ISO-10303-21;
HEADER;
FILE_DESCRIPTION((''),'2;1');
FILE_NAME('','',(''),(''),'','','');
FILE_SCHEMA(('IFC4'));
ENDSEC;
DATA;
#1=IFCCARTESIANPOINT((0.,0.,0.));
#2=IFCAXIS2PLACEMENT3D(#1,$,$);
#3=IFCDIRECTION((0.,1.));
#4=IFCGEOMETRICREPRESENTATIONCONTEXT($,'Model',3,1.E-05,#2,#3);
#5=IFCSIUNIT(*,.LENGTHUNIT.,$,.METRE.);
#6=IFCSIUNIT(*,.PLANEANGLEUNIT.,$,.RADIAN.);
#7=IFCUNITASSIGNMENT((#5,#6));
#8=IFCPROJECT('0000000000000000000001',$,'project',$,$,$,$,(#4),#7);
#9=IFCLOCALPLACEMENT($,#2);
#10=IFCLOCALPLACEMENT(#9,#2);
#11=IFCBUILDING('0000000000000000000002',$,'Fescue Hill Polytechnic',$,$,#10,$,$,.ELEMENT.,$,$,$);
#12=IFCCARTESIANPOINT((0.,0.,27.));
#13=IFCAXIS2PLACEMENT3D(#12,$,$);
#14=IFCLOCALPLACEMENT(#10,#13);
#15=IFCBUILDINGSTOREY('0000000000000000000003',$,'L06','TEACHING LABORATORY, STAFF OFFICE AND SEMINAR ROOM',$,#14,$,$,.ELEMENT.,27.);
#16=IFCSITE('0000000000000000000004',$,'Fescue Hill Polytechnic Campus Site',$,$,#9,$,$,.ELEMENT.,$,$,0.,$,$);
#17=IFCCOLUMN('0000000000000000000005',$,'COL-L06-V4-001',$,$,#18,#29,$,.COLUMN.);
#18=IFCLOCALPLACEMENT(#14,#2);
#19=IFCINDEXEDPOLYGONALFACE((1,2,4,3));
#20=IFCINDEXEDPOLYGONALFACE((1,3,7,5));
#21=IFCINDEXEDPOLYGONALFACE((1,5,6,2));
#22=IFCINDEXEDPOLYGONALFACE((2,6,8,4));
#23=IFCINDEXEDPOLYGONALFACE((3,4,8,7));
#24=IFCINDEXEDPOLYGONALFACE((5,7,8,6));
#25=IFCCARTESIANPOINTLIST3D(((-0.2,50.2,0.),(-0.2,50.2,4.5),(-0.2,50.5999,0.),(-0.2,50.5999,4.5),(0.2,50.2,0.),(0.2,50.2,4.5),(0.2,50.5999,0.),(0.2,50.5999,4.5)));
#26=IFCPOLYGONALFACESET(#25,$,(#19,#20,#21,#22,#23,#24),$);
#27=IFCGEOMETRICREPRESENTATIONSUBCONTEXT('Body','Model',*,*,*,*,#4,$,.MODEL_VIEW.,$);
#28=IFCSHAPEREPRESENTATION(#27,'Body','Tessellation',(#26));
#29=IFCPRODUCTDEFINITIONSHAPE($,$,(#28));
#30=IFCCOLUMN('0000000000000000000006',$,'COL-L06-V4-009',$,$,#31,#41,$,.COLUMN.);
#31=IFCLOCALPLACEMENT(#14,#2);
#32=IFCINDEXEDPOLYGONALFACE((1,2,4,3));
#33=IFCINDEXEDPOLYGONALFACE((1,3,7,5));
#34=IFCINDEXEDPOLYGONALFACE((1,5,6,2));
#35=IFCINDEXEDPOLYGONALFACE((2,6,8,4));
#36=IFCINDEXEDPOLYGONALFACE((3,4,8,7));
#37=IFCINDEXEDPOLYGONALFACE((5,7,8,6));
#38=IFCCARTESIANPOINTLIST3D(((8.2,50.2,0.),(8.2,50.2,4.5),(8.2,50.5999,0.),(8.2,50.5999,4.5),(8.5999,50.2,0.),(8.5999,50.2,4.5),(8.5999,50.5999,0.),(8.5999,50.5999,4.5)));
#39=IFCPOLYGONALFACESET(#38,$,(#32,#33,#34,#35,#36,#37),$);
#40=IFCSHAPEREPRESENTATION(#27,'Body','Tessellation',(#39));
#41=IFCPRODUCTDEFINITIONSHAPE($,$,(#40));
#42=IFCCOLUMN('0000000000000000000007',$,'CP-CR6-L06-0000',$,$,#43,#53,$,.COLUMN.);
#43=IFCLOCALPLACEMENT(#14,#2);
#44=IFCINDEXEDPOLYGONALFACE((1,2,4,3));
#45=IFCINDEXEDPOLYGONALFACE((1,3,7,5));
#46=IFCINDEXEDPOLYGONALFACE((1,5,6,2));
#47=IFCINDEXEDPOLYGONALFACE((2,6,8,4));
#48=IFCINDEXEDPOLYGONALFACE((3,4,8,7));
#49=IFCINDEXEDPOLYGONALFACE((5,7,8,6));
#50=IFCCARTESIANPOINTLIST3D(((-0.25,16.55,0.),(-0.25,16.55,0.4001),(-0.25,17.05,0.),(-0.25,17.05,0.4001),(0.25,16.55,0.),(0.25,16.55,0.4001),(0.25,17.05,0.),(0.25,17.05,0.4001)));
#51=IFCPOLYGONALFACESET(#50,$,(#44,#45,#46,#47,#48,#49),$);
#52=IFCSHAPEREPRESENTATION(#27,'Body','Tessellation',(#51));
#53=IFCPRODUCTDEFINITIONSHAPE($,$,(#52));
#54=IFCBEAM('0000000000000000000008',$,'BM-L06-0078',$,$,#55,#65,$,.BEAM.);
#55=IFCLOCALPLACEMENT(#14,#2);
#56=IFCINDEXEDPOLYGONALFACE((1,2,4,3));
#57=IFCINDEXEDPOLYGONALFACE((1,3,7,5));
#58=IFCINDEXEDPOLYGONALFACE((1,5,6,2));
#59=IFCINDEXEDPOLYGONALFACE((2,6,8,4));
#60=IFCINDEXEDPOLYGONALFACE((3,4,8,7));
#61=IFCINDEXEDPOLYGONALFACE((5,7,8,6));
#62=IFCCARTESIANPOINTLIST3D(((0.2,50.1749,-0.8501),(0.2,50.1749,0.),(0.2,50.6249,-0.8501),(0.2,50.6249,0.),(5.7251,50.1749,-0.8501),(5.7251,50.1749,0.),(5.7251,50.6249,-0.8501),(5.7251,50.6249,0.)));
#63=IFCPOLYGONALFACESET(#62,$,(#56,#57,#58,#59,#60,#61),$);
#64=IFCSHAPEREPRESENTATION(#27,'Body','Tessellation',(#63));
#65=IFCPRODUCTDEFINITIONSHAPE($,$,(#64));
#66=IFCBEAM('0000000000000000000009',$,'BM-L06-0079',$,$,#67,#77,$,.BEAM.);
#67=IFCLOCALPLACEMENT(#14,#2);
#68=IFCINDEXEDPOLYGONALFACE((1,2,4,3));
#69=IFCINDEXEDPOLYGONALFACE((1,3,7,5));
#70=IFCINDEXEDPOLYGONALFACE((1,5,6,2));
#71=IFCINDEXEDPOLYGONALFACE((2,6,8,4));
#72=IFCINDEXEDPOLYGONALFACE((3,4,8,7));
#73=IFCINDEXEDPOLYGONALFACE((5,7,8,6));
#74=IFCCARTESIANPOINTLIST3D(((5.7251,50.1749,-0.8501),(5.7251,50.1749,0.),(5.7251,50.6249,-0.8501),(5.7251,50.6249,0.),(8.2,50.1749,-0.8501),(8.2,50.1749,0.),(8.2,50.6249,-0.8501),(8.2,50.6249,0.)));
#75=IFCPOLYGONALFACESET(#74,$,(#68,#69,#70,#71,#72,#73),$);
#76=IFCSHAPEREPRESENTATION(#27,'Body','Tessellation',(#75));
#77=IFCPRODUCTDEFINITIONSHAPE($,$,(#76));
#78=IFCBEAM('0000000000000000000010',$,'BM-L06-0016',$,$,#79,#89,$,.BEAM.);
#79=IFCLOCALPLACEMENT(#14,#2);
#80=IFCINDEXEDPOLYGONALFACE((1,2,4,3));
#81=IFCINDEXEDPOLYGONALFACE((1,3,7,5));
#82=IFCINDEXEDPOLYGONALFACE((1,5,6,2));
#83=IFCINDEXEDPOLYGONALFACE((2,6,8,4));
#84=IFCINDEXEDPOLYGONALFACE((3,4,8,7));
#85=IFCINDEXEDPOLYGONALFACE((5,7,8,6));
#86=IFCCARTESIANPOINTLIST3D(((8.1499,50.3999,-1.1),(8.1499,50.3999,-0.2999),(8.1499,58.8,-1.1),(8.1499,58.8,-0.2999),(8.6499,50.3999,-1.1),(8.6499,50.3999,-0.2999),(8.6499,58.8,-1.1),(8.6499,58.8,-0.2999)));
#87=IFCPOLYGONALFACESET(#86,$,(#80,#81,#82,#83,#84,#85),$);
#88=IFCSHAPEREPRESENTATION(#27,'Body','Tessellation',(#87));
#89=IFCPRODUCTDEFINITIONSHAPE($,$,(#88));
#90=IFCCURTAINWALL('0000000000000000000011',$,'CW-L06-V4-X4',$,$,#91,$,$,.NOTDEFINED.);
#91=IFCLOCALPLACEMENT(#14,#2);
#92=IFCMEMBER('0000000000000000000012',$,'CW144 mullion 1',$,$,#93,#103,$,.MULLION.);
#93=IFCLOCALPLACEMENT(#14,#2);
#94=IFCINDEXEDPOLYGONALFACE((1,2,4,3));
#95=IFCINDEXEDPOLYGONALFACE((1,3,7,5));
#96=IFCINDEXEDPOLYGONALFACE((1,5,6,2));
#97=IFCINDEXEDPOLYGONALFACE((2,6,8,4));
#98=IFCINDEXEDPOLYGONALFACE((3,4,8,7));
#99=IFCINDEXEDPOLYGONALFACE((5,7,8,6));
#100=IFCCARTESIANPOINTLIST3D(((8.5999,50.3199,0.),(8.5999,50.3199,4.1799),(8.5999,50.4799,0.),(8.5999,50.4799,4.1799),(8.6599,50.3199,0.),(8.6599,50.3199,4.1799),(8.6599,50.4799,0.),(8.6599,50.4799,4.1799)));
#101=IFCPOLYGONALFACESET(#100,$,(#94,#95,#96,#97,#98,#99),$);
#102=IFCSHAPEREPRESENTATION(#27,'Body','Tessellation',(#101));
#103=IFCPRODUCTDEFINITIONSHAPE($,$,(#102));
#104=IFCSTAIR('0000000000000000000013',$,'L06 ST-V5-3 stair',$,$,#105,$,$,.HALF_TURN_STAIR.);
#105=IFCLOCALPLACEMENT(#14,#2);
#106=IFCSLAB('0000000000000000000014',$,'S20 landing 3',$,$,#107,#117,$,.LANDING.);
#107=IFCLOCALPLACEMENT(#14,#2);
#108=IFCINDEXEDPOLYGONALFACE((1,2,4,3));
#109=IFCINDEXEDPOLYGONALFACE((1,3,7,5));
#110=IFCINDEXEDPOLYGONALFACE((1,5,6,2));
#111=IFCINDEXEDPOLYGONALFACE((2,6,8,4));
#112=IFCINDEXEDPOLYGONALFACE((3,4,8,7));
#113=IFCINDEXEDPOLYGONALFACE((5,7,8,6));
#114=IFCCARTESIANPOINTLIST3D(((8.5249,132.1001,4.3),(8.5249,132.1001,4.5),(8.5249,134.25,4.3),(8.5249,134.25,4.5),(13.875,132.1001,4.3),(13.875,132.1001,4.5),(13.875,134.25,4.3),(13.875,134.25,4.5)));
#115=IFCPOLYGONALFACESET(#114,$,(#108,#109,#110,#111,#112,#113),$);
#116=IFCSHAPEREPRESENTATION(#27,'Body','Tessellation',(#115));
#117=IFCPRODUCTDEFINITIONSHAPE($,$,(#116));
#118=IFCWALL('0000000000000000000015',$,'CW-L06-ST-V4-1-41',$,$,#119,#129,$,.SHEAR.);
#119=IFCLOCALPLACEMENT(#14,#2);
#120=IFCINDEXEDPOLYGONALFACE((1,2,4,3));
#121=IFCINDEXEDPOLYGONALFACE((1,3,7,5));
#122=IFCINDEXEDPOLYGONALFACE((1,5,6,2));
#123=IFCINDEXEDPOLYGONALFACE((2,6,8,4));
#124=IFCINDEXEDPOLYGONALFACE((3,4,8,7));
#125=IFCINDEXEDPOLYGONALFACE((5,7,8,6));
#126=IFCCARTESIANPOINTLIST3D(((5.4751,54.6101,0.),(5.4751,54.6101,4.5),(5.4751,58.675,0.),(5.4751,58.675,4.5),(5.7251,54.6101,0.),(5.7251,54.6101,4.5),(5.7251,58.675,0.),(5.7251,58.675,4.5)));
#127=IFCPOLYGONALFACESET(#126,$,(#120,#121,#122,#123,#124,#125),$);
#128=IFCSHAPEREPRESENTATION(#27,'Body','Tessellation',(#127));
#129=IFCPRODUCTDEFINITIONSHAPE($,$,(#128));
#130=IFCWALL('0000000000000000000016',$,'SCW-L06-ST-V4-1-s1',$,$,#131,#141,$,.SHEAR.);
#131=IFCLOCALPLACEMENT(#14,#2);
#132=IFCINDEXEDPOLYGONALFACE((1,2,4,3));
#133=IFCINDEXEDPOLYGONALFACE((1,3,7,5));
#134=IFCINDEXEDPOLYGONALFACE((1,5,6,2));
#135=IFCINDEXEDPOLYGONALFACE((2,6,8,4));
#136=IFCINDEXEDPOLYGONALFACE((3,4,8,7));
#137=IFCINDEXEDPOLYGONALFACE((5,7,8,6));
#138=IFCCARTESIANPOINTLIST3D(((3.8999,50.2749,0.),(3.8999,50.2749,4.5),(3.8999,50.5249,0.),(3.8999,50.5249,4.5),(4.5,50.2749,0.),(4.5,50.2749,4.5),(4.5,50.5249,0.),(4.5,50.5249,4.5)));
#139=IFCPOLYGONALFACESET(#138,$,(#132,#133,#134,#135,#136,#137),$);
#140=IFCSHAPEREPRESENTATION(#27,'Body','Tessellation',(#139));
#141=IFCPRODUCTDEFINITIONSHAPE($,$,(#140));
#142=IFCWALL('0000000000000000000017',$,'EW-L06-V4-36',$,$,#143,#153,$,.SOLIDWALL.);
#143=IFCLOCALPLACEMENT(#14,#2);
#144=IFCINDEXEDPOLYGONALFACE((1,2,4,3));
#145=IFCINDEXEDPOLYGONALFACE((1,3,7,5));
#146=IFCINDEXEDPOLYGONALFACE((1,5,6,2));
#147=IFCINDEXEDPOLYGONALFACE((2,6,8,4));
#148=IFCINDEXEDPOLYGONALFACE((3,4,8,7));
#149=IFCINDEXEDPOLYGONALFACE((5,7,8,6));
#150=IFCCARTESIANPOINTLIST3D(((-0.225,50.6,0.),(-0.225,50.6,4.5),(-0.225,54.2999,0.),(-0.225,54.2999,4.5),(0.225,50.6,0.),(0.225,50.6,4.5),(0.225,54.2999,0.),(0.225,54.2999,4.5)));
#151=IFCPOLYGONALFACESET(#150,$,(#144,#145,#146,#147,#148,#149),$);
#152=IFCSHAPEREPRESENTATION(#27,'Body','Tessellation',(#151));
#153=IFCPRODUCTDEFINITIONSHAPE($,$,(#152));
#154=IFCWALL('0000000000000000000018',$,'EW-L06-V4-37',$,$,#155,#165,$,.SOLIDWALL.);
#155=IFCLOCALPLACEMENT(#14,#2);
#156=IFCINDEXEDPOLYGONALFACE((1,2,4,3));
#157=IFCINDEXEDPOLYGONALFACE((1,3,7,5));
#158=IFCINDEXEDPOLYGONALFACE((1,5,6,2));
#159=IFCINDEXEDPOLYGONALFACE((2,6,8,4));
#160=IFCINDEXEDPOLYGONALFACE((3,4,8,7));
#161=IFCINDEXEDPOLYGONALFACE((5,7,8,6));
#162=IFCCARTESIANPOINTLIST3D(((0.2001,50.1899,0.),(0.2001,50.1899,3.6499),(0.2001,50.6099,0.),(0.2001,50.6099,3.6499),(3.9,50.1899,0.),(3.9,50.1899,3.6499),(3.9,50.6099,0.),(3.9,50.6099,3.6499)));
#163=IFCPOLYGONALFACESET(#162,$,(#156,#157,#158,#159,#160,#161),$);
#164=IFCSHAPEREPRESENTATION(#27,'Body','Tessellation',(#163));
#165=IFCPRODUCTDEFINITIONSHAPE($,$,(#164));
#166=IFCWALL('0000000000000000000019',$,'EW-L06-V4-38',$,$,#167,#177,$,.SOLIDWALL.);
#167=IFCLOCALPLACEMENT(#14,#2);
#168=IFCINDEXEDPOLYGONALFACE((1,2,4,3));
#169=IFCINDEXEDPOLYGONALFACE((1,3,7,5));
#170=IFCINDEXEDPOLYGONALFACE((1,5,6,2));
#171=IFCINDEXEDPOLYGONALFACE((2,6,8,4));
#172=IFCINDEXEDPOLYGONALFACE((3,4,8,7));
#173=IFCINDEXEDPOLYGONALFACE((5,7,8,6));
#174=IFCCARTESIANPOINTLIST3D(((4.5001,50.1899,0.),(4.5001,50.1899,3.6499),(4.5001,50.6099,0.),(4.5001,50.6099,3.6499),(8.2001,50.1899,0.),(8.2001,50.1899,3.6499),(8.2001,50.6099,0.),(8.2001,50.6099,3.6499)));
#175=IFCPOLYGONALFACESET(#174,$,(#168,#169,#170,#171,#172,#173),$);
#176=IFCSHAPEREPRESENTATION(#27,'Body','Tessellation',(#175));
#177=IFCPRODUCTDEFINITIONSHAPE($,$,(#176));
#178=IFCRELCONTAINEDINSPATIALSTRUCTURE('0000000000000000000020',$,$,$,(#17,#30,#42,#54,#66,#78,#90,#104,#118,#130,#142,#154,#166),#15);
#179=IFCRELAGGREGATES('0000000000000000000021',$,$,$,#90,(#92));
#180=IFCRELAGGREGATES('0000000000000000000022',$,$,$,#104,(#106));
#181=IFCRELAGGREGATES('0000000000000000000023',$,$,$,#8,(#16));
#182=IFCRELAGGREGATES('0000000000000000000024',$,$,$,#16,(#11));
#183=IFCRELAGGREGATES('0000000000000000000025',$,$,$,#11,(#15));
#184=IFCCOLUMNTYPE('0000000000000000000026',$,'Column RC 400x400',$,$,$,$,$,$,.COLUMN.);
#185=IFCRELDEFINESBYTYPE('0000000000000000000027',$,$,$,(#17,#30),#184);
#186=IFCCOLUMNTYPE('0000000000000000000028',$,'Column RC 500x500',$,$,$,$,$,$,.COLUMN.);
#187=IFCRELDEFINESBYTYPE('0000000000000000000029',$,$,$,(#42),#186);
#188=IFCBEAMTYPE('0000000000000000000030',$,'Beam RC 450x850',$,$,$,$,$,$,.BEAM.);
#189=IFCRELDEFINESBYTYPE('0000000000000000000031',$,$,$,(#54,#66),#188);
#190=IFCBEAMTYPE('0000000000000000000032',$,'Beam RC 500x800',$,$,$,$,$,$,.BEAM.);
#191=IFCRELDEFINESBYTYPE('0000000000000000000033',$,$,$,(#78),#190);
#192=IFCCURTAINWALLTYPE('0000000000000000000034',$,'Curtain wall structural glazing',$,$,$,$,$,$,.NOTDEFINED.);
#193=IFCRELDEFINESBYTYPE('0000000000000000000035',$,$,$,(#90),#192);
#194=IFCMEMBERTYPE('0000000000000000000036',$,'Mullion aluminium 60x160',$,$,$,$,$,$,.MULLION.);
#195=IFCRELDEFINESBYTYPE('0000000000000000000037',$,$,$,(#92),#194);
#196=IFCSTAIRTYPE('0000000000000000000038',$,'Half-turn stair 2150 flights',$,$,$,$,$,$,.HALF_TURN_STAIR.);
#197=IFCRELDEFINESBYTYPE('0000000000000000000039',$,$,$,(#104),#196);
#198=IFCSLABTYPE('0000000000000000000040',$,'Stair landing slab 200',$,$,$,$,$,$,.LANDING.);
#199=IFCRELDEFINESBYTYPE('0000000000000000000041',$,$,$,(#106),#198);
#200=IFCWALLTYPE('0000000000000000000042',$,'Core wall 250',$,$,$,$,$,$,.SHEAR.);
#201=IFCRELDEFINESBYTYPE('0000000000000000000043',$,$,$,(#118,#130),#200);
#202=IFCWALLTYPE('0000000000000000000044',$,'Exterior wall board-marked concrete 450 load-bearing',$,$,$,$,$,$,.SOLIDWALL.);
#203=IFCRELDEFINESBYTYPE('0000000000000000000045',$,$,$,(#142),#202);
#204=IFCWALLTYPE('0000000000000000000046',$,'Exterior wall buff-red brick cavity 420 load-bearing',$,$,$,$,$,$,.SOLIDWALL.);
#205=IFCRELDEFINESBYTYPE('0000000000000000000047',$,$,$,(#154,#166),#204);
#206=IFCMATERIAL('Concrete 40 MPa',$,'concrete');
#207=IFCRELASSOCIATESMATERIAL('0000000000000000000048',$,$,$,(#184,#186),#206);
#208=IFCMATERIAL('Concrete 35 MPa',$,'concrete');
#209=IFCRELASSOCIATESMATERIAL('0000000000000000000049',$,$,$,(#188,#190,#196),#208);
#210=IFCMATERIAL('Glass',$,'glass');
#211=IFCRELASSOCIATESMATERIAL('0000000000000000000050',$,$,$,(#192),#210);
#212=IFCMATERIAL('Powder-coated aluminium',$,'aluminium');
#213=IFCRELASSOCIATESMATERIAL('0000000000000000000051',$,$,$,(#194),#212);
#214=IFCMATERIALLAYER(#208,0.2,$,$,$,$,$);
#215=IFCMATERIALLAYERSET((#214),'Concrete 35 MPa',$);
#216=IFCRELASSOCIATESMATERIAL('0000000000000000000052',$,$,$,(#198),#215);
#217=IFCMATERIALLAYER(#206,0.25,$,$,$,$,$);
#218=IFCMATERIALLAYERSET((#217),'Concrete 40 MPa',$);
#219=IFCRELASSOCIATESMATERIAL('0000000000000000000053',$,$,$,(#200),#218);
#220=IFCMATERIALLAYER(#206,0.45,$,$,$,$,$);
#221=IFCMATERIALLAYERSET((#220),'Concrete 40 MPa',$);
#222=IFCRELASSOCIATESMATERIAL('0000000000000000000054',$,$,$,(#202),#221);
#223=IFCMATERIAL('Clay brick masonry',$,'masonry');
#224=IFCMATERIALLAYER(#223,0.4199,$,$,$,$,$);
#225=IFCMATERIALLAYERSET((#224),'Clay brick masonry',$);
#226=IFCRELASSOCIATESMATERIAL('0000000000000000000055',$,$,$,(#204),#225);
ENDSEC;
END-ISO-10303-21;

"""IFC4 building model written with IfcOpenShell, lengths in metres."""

from ifc_helpers import new_model, si_unit, direction, frame, frame_2d, origin, origin_2d, place, context, subcontext, project, spatial, polyline, rectangle, outline, extrude, material, layer, layer_set, material_profile, profile_set, type_object, element, aggregate, save


model = new_model("IFC4")

# Units and contexts
model_context = context("Model", 3, precision=1e-05, world=origin(), true_north=direction((0.0, 1.0)))
body_context = subcontext(model_context, "Body", "Model", "MODEL_VIEW")
ifc_project = project(units=[si_unit("LENGTHUNIT", "METRE"), si_unit("PLANEANGLEUNIT", "RADIAN")], contexts=[model_context])

# Site, building, storey
site_placement = place(None, origin())
site = spatial("IfcSite", under=ifc_project, at=site_placement, Name="Fescue Hill Polytechnic Campus Site", CompositionType="ELEMENT", RefElevation=0.0)
building_placement = place(site_placement, origin())
building = spatial("IfcBuilding", under=site, at=building_placement, Name="Fescue Hill Polytechnic", CompositionType="ELEMENT")
storey_placement = place(building_placement, frame((0.0, 0.0, 27.0)))
storey = spatial("IfcBuildingStorey", under=building, at=storey_placement, Name="L06", Description="TEACHING LABORATORY, STAFF OFFICE AND SEMINAR ROOM", CompositionType="ELEMENT", Elevation=27.0)

# Columns
ifc_material_1 = material(Name="Concrete 40 MPa", Category="concrete")
ifc_material_profile_1 = material_profile(ifc_material_1, rectangle(XDim=0.3999, YDim=0.3999, at=origin_2d()), Name="RC 400x400")
ifc_profile_set_1 = profile_set([ifc_material_profile_1], Name="Concrete 40 MPa")
column_type_1 = type_object("IfcColumnType", Name="Column RC 400x400", PredefinedType="COLUMN", material=ifc_profile_set_1)
for number, where, z_axis, x_axis, name in (
    (1, (0.0, 50.3999, 0.0), (0.0, 0.0, 1.0), (1.0, 0.0, 0.0), "COL-L06-V4-001"),
    (2, (8.3999, 50.3999, 0.0), (0.0, 0.0, 1.0), (1.0, 0.0, 0.0), "COL-L06-V4-009"),
):
    element("IfcColumn", number, at=place(storey_placement, frame(where, z_axis=z_axis, x_axis=x_axis)), inside=storey, type_object=column_type_1, Name=name, PredefinedType="COLUMN", context=body_context, shape_type="SweptSolid", body=[
        extrude(rectangle(XDim=0.3999, YDim=0.3999, at=origin_2d()), origin(), (0.0, 0.0, 1.0), 4.5),
    ])
ifc_material_profile_2 = material_profile(ifc_material_1, rectangle(XDim=0.5, YDim=0.5, at=origin_2d()), Name="RC 500x500")
ifc_profile_set_2 = profile_set([ifc_material_profile_2], Name="Concrete 40 MPa")
column_type_2 = type_object("IfcColumnType", Name="Column RC 500x500", PredefinedType="COLUMN", material=ifc_profile_set_2)
column_placement = place(storey_placement, frame((0.0, 16.8, 0.0), z_axis=(0.0, 0.0, 1.0), x_axis=(1.0, 0.0, 0.0)))
element("IfcColumn", 3, at=column_placement, inside=storey, type_object=column_type_2, Name="CP-CR6-L06-0000", PredefinedType="COLUMN", context=body_context, shape_type="SweptSolid", body=[
    extrude(rectangle(XDim=0.5, YDim=0.5, at=origin_2d()), origin(), (0.0, 0.0, 1.0), 0.4001),
])

# Beams
ifc_material_2 = material(Name="Concrete 35 MPa", Category="concrete")
ifc_material_profile_3 = material_profile(ifc_material_2, rectangle(XDim=0.45, YDim=0.8501, at=origin_2d()), Name="RC 450x850")
ifc_profile_set_3 = profile_set([ifc_material_profile_3], Name="Concrete 35 MPa")
beam_type_1 = type_object("IfcBeamType", Name="Beam RC 450x850", PredefinedType="BEAM", material=ifc_profile_set_3)
beam_1_placement = place(storey_placement, frame((0.2, 50.3999, -0.425), z_axis=(1.0, 0.0, 0.0), x_axis=(0.0, 1.0, 0.0)))
element("IfcBeam", 4, at=beam_1_placement, inside=storey, type_object=beam_type_1, Name="BM-L06-0078", PredefinedType="BEAM", context=body_context, shape_type="SweptSolid", body=[
    extrude(rectangle(XDim=0.45, YDim=0.8501, at=origin_2d()), origin(), (0.0, 0.0, 1.0), 5.5251),
])
beam_2_placement = place(storey_placement, frame((5.7251, 50.3999, -0.425), z_axis=(1.0, 0.0, 0.0), x_axis=(0.0, 1.0, 0.0)))
element("IfcBeam", 5, at=beam_2_placement, inside=storey, type_object=beam_type_1, Name="BM-L06-0079", PredefinedType="BEAM", context=body_context, shape_type="SweptSolid", body=[
    extrude(rectangle(XDim=0.45, YDim=0.8501, at=origin_2d()), origin(), (0.0, 0.0, 1.0), 2.4749),
])
ifc_material_profile_4 = material_profile(ifc_material_2, rectangle(XDim=0.5, YDim=0.8, at=origin_2d()), Name="RC 500x800")
ifc_profile_set_4 = profile_set([ifc_material_profile_4], Name="Concrete 35 MPa")
beam_type_2 = type_object("IfcBeamType", Name="Beam RC 500x800", PredefinedType="BEAM", material=ifc_profile_set_4)
beam_3_placement = place(storey_placement, frame((8.3999, 50.3999, -0.7), z_axis=(0.0, 1.0, 0.0), x_axis=(-1.0, 0.0, 0.0)))
element("IfcBeam", 6, at=beam_3_placement, inside=storey, type_object=beam_type_2, Name="BM-L06-0016", PredefinedType="BEAM", context=body_context, shape_type="SweptSolid", body=[
    extrude(rectangle(XDim=0.5, YDim=0.8, at=origin_2d()), origin(), (0.0, 0.0, 1.0), 8.4001),
])

# Curtain wall, member
ifc_material_3 = material(Name="Glass", Category="glass")
curtain_wall_type = type_object("IfcCurtainWallType", Name="Curtain wall structural glazing", PredefinedType="NOTDEFINED", material=ifc_material_3)
curtain_wall_placement = place(storey_placement, origin())
curtain_wall = element("IfcCurtainWall", 7, at=curtain_wall_placement, inside=storey, type_object=curtain_wall_type, Name="CW-L06-V4-X4", PredefinedType="NOTDEFINED")
ifc_material_4 = material(Name="Powder-coated aluminium", Category="aluminium")
ifc_material_profile_5 = material_profile(ifc_material_4, rectangle(XDim=0.1599, YDim=0.0601, at=origin_2d()), Name="Mullion aluminium 60x160")
ifc_profile_set_5 = profile_set([ifc_material_profile_5], Name="Powder-coated aluminium")
member_type = type_object("IfcMemberType", Name="Mullion aluminium 60x160", PredefinedType="MULLION", material=ifc_profile_set_5)
member_placement = place(storey_placement, frame((8.6299, 50.3999, 0.0), z_axis=(0.0, 0.0, 1.0), x_axis=(0.0, 1.0, 0.0)))
member = element("IfcMember", 8, at=member_placement, type_object=member_type, Name="CW144 mullion 1", PredefinedType="MULLION", context=body_context, shape_type="SweptSolid", body=[
    extrude(rectangle(XDim=0.1599, YDim=0.0601, at=origin_2d()), origin(), (0.0, 0.0, 1.0), 4.1799),
])
aggregate(curtain_wall, [member])

# Stair, slab
stair_type = type_object("IfcStairType", Name="Half-turn stair 2150 flights", PredefinedType="HALF_TURN_STAIR", material=ifc_material_2)
stair_1_placement = place(storey_placement, origin())
stair_1 = element("IfcStair", 9, at=stair_1_placement, inside=storey, type_object=stair_type, Name="L06 ST-V5-3 stair", PredefinedType="HALF_TURN_STAIR")
ifc_layer_1 = layer(ifc_material_2, 0.2)
ifc_layer_set_1 = layer_set([ifc_layer_1], Name="Concrete 35 MPa")
slab_type = type_object("IfcSlabType", Name="Stair landing slab 200", PredefinedType="LANDING", material=ifc_layer_set_1)
slab_placement = place(storey_placement, frame((0.0, 0.0, 4.3)))
slab = element("IfcSlab", 10, at=slab_placement, type_object=slab_type, Name="S20 landing 3", PredefinedType="LANDING", context=body_context, shape_type="SweptSolid", body=[
    extrude(outline(polyline([(8.5249, 132.1001), (13.875, 132.1001), (13.875, 134.25), (8.5249, 134.25), (8.5249, 132.1001)])), origin(), (0.0, 0.0, 1.0), 0.2),
])
aggregate(stair_1, [slab])

# Walls
ifc_layer_2 = layer(ifc_material_1, 0.25)
ifc_layer_set_2 = layer_set([ifc_layer_2], Name="Concrete 40 MPa")
wall_type_1 = type_object("IfcWallType", Name="Core wall 250", PredefinedType="SHEAR", material=ifc_layer_set_2)
wall_1_placement = place(storey_placement, frame((5.6001, 54.6101, 0.0), z_axis=(0.0, 0.0, 1.0), x_axis=(0.0, 1.0, 0.0)))
element("IfcWall", 11, at=wall_1_placement, inside=storey, type_object=wall_type_1, Name="CW-L06-ST-V4-1-41", PredefinedType="SHEAR", context=body_context, shape_type="SweptSolid", body=[
    extrude(rectangle(XDim=4.0649, YDim=0.25, at=frame_2d((2.0325, 0.0))), origin(), (0.0, 0.0, 1.0), 4.5),
])
wall_2_placement = place(storey_placement, frame((3.8999, 50.3999, 0.0), z_axis=(0.0, 0.0, 1.0), x_axis=(1.0, 0.0, 0.0)))
element("IfcWall", 12, at=wall_2_placement, inside=storey, type_object=wall_type_1, Name="SCW-L06-ST-V4-1-s1", PredefinedType="SHEAR", context=body_context, shape_type="SweptSolid", body=[
    extrude(rectangle(XDim=0.6001, YDim=0.25, at=frame_2d((0.3, 0.0))), origin(), (0.0, 0.0, 1.0), 4.5),
])
ifc_layer_3 = layer(ifc_material_1, 0.45)
ifc_layer_set_3 = layer_set([ifc_layer_3], Name="Concrete 40 MPa")
wall_type_2 = type_object("IfcWallType", Name="Exterior wall board-marked concrete 450 load-bearing", PredefinedType="SOLIDWALL", material=ifc_layer_set_3)
wall_3_placement = place(storey_placement, frame((0.0, 54.3, 0.0), z_axis=(0.0, 0.0, 1.0), x_axis=(0.0, -1.0, 0.0)))
element("IfcWall", 13, at=wall_3_placement, inside=storey, type_object=wall_type_2, Name="EW-L06-V4-36", PredefinedType="SOLIDWALL", context=body_context, shape_type="SweptSolid", body=[
    extrude(rectangle(XDim=3.7, YDim=0.45, at=frame_2d((1.8501, 0.0))), origin(), (0.0, 0.0, 1.0), 4.5),
])
ifc_material_5 = material(Name="Clay brick masonry", Category="masonry")
ifc_layer_4 = layer(ifc_material_5, 0.4199)
ifc_layer_set_4 = layer_set([ifc_layer_4], Name="Clay brick masonry")
wall_type_3 = type_object("IfcWallType", Name="Exterior wall buff-red brick cavity 420 load-bearing", PredefinedType="SOLIDWALL", material=ifc_layer_set_4)
for number, where, z_axis, x_axis, name in (
    (14, (0.2, 50.3999, 0.0), (0.0, 0.0, 1.0), (1.0, 0.0, 0.0), "EW-L06-V4-37"),
    (15, (4.5, 50.3999, 0.0), (0.0, 0.0, 1.0), (1.0, 0.0, 0.0), "EW-L06-V4-38"),
):
    element("IfcWall", number, at=place(storey_placement, frame(where, z_axis=z_axis, x_axis=x_axis)), inside=storey, type_object=wall_type_3, Name=name, PredefinedType="SOLIDWALL", context=body_context, shape_type="SweptSolid", body=[
        extrude(rectangle(XDim=3.7, YDim=0.4199, at=frame_2d((1.8501, 0.0))), origin(), (0.0, 0.0, 1.0), 3.6499),
    ])

save(model, "model.ifc")
